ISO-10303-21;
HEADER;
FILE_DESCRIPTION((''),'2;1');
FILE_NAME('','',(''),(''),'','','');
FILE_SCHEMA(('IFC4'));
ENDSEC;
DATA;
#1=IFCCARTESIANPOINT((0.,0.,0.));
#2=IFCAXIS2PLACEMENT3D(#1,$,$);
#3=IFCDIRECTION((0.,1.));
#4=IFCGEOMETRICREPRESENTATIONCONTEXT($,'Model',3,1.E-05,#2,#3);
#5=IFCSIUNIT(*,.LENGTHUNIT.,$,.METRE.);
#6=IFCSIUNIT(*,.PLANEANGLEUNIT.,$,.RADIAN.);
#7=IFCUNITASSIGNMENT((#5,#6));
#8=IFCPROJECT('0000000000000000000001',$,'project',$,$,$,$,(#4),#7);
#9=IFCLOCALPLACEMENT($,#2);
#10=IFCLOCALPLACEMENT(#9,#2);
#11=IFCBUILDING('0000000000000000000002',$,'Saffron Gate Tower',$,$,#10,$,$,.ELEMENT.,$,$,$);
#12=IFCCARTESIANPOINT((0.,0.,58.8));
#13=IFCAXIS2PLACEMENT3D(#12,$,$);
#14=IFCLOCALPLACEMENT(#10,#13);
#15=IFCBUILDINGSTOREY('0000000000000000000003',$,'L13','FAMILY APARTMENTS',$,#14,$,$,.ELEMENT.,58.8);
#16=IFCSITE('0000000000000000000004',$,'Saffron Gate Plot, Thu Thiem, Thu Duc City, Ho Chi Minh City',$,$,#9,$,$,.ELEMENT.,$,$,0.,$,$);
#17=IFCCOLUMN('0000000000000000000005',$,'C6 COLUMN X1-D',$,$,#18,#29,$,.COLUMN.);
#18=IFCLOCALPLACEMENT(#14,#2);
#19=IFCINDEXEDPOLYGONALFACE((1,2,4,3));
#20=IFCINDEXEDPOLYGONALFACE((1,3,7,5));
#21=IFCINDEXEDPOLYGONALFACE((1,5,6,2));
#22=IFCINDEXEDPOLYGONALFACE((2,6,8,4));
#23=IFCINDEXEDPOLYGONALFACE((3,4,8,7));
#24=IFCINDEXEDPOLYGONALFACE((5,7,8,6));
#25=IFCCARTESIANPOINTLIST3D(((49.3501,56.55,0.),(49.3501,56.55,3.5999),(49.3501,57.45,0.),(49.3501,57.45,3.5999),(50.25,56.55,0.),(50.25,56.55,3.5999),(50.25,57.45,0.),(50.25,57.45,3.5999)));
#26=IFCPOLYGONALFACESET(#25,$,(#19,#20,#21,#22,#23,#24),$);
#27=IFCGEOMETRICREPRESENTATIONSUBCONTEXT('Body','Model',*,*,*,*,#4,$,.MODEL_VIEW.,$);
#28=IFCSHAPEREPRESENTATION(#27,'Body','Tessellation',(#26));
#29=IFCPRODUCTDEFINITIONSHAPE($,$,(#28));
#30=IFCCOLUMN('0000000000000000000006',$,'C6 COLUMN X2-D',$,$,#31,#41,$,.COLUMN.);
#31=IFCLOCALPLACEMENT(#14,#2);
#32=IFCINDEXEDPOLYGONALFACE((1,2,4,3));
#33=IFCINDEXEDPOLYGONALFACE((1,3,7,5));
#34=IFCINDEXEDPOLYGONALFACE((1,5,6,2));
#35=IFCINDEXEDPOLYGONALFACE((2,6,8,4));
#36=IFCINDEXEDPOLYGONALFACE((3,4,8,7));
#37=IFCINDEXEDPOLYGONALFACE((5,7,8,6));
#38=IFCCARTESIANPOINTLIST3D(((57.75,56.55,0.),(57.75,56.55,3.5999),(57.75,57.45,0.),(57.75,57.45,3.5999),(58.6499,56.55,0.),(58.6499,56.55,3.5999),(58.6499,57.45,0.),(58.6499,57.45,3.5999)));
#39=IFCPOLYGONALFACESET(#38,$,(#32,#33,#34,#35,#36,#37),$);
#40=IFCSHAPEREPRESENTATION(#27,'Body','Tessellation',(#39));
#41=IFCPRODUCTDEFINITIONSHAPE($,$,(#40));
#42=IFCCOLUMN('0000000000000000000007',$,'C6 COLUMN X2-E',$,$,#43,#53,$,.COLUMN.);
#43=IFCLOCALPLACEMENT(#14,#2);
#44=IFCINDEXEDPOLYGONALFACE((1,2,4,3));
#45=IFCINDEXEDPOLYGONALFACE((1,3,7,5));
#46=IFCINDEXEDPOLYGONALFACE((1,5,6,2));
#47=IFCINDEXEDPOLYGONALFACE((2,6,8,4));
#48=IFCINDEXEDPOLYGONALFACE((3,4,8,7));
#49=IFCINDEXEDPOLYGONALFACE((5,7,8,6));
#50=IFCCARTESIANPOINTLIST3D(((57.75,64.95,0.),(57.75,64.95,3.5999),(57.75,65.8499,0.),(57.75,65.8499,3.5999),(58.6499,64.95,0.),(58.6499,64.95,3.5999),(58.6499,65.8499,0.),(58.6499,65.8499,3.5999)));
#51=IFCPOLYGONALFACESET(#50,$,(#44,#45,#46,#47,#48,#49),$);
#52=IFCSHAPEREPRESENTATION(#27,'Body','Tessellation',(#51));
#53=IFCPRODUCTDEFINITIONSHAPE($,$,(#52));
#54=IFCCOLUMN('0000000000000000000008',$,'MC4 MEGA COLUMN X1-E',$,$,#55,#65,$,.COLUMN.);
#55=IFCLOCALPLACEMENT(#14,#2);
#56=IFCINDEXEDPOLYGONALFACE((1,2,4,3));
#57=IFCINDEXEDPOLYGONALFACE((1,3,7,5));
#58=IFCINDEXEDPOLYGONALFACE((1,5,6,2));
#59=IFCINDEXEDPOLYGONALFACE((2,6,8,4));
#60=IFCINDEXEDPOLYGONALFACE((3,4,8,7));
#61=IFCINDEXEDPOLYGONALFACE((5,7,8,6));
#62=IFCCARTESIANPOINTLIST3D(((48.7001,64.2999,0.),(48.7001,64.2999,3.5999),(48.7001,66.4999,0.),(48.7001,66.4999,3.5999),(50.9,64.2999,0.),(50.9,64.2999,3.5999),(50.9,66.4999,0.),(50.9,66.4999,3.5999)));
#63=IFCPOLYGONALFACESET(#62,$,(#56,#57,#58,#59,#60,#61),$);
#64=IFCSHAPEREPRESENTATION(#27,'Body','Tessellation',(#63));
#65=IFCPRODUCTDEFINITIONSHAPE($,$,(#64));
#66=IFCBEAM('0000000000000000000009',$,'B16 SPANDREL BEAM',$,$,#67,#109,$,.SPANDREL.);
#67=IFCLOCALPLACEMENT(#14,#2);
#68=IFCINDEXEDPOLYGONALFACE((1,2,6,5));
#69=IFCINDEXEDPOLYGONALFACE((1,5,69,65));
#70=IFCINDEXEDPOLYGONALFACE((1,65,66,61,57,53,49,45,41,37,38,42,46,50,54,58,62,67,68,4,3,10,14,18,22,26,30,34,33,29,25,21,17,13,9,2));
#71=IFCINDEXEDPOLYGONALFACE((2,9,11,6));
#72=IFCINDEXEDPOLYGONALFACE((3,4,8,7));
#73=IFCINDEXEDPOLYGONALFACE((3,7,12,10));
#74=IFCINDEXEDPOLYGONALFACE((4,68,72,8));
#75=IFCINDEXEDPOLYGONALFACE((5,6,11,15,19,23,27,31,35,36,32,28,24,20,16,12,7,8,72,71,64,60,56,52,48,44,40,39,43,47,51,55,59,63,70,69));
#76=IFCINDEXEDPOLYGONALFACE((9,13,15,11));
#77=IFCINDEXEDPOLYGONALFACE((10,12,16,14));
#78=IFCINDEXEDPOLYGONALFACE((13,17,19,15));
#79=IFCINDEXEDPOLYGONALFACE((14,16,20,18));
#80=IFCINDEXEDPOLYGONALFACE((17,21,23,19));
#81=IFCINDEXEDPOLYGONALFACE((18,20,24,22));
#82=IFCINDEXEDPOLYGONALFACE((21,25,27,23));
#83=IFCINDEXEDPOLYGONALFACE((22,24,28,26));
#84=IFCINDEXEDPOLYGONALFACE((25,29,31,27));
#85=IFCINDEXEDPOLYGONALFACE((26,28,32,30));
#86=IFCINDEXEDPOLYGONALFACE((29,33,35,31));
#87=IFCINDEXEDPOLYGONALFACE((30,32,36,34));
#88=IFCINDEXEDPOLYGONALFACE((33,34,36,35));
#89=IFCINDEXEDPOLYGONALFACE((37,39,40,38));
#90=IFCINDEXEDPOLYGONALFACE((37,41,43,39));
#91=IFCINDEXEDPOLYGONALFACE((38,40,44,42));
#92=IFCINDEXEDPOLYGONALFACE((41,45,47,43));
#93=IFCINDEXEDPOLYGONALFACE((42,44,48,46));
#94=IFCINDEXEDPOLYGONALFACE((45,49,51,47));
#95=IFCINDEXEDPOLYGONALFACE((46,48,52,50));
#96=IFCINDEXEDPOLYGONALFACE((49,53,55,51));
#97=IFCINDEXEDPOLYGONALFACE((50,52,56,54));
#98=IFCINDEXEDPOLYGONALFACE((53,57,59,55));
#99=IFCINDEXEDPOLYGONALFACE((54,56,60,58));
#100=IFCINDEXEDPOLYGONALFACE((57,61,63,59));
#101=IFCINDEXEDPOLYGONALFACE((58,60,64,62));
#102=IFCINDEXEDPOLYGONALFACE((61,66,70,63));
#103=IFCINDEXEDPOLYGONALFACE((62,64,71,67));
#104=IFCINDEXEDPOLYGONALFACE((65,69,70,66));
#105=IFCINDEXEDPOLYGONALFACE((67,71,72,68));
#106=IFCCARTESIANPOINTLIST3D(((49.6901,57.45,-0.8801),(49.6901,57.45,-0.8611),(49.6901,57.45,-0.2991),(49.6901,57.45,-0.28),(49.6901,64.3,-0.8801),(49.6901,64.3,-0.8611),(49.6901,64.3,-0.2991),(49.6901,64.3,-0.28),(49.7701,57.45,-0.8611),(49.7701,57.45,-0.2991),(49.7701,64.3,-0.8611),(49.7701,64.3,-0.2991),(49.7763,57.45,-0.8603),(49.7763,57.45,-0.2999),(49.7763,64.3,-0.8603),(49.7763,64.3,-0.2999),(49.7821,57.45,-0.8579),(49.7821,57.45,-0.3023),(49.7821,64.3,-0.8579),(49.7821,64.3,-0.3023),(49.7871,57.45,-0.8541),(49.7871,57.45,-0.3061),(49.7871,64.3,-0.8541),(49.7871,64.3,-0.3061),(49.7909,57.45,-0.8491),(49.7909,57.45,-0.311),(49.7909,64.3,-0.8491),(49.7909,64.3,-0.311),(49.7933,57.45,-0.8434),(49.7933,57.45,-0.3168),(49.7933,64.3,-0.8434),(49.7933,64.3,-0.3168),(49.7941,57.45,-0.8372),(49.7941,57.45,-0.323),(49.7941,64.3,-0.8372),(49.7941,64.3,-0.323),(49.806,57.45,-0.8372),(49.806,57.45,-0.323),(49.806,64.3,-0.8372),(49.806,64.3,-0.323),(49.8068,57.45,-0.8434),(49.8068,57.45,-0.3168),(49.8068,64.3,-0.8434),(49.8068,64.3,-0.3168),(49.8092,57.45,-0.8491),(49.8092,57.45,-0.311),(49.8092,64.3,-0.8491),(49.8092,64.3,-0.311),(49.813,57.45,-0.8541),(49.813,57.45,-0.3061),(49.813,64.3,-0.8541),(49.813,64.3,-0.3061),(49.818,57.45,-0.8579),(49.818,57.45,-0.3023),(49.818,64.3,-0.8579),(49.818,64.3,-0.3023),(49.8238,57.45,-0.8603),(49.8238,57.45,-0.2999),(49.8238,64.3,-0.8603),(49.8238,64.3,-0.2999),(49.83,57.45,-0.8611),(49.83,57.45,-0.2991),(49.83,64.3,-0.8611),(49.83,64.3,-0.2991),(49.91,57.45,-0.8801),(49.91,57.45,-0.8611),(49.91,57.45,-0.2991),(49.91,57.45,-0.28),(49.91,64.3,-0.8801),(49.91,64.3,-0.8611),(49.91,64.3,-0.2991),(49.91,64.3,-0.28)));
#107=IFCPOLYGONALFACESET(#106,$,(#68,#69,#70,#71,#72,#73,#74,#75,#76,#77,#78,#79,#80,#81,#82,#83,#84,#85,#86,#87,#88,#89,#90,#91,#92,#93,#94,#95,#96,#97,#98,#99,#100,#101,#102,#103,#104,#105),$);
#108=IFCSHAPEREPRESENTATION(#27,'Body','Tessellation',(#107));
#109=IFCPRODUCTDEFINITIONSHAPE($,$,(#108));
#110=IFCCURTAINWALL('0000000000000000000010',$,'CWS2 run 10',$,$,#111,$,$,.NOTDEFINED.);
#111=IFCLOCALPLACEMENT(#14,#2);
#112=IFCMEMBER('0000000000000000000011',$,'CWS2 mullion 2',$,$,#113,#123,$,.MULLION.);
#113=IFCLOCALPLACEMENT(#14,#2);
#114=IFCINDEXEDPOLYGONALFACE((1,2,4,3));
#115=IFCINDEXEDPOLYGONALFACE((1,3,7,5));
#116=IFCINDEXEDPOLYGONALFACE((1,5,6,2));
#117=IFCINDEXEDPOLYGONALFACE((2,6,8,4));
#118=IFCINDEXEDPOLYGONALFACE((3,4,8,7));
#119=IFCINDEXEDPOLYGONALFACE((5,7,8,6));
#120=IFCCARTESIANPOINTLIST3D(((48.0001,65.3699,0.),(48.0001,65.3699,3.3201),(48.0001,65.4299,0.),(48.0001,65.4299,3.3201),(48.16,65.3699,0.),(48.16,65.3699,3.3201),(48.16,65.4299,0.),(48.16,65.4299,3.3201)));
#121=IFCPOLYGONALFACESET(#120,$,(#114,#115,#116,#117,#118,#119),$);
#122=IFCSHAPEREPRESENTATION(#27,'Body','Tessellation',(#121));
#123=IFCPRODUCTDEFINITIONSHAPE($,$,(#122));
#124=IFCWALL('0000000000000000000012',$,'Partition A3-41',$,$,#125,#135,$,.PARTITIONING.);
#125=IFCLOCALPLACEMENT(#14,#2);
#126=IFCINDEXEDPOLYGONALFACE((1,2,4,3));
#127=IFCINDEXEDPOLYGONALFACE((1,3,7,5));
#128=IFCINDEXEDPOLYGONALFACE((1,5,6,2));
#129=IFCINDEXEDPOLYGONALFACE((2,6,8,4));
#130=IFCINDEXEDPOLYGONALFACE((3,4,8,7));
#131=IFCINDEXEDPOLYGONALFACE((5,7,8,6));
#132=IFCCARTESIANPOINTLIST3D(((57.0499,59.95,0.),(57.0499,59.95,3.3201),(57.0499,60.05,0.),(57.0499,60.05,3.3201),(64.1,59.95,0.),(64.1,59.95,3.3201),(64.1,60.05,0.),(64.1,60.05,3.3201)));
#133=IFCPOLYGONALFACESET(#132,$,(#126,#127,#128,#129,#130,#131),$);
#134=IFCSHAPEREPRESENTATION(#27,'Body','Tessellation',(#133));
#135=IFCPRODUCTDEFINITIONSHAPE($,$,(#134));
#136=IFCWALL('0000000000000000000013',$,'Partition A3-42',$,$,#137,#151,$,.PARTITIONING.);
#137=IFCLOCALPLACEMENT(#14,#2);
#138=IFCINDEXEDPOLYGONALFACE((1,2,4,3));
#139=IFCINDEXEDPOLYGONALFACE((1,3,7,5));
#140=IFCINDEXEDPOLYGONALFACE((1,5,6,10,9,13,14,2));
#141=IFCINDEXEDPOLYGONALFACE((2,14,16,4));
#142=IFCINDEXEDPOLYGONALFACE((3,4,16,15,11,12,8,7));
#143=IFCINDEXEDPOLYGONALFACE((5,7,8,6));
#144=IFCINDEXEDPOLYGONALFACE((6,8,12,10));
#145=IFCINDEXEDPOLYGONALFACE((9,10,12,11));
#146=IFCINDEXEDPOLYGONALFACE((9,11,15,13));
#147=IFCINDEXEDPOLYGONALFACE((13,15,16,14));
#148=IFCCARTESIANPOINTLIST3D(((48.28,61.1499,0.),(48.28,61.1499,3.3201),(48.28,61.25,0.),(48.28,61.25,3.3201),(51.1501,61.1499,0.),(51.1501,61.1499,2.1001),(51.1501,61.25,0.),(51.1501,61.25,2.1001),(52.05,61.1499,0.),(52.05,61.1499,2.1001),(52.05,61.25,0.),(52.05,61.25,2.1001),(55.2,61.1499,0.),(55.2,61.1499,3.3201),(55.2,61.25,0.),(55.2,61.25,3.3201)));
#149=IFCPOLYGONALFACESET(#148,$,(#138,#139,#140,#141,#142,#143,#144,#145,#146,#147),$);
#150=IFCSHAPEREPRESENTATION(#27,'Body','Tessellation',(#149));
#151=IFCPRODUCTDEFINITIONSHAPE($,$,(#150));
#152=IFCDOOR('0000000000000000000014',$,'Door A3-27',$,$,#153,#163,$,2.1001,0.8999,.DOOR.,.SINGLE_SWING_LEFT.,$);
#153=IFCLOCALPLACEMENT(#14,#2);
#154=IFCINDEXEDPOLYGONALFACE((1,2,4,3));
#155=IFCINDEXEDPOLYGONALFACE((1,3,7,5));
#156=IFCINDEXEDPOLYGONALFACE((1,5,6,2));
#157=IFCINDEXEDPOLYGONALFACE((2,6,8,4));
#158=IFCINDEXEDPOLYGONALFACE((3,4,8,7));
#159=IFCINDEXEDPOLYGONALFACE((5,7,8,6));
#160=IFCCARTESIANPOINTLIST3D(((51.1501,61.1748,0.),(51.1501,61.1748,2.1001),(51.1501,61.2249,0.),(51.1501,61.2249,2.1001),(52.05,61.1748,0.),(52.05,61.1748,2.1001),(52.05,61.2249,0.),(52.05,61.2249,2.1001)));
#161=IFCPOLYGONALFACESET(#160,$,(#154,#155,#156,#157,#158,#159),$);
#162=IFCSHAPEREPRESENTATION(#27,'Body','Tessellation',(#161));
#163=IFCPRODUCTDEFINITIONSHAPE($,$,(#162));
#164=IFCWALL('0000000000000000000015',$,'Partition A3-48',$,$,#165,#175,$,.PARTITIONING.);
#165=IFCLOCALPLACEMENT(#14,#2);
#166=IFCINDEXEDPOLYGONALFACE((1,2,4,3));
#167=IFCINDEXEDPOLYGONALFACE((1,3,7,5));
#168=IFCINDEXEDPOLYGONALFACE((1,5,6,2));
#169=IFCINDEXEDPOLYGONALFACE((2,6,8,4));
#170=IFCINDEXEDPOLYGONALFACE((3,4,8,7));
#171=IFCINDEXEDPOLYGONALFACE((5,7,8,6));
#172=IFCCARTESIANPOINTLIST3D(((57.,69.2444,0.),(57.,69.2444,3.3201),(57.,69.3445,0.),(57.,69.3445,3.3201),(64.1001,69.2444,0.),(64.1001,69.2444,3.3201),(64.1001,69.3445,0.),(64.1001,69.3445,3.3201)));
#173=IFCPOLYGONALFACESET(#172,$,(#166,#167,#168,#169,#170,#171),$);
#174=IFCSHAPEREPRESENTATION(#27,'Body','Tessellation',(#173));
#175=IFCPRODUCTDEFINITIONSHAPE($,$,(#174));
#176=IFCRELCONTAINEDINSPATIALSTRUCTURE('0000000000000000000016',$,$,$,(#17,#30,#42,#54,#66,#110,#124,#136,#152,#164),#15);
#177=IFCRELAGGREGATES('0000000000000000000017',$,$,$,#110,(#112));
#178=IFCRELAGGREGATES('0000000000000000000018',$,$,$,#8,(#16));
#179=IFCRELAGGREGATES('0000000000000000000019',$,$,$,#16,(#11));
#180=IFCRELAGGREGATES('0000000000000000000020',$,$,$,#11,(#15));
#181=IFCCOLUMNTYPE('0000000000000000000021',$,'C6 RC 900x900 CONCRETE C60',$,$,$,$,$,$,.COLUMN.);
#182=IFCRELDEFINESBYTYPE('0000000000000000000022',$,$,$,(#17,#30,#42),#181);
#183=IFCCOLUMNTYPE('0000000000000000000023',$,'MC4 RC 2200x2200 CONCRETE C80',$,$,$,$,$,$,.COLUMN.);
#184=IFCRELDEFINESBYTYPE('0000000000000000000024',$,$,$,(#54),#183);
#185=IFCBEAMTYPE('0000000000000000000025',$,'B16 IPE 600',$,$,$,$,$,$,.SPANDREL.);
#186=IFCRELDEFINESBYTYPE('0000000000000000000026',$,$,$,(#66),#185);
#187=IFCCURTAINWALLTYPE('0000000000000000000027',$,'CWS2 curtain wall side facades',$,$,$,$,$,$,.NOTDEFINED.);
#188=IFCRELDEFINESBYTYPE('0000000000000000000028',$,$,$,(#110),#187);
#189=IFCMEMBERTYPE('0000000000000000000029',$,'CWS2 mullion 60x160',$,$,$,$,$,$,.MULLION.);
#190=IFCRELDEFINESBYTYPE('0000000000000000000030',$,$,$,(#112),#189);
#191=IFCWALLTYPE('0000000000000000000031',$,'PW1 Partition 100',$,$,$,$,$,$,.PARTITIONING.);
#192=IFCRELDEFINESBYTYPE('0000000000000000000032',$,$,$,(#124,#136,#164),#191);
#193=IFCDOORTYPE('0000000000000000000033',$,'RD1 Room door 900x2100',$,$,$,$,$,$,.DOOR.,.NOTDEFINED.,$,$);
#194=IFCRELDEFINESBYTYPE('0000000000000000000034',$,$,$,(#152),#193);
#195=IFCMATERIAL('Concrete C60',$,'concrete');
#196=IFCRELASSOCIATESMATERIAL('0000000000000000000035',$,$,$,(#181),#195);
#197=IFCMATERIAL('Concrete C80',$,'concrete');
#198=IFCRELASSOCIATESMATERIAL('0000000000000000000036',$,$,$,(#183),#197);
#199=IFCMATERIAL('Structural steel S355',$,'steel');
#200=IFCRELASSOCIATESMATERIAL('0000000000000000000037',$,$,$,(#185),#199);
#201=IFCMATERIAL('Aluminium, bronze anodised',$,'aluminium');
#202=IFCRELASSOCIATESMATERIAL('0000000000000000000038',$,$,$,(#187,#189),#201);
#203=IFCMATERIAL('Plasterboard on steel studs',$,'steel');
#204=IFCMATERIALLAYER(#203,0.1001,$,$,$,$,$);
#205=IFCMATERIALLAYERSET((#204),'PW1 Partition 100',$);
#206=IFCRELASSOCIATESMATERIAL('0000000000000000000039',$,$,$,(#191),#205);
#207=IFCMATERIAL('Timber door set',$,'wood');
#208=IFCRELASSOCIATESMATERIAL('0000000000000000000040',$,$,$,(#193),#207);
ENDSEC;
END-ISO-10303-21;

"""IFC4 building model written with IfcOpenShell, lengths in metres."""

from ifc_helpers import new_model, si_unit, direction, frame, frame_2d, origin, origin_2d, place, context, subcontext, project, spatial, rectangle, i_section, extrude, material, layer, layer_set, material_profile, profile_set, type_object, element, fill, aggregate, save


model = new_model("IFC4")

# Units and contexts
model_context = context("Model", 3, precision=1e-05, world=origin(), true_north=direction((0.0, 1.0)))
body_context = subcontext(model_context, "Body", "Model", "MODEL_VIEW")
ifc_project = project(units=[si_unit("LENGTHUNIT", "METRE"), si_unit("PLANEANGLEUNIT", "RADIAN")], contexts=[model_context])

# Site, building, storey
site_placement = place(None, origin())
site = spatial("IfcSite", under=ifc_project, at=site_placement, Name="Saffron Gate Plot, Thu Thiem, Thu Duc City, Ho Chi Minh City", CompositionType="ELEMENT", RefElevation=0.0)
building_placement = place(site_placement, origin())
building = spatial("IfcBuilding", under=site, at=building_placement, Name="Saffron Gate Tower", CompositionType="ELEMENT")
storey_placement = place(building_placement, frame((0.0, 0.0, 58.8)))
storey = spatial("IfcBuildingStorey", under=building, at=storey_placement, Name="L13", Description="FAMILY APARTMENTS", CompositionType="ELEMENT", Elevation=58.8)

# Columns
ifc_material_1 = material(Name="Concrete C60", Category="concrete")
ifc_material_profile_1 = material_profile(ifc_material_1, rectangle(XDim=0.8999, YDim=0.8999, at=origin_2d()))
ifc_profile_set_1 = profile_set([ifc_material_profile_1], Name="Concrete C60")
column_type_1 = type_object("IfcColumnType", Name="C6 RC 900x900 CONCRETE C60", PredefinedType="COLUMN", material=ifc_profile_set_1)
for number, where, z_axis, x_axis, name in (
    (1, (49.8, 57.0, 0.0), (0.0, 0.0, 1.0), (1.0, 0.0, 0.0), "C6 COLUMN X1-D"),
    (2, (58.2, 57.0, 0.0), (0.0, 0.0, 1.0), (1.0, 0.0, 0.0), "C6 COLUMN X2-D"),
    (3, (58.2, 65.3999, 0.0), (0.0, 0.0, 1.0), (1.0, 0.0, 0.0), "C6 COLUMN X2-E"),
):
    element("IfcColumn", number, at=place(storey_placement, frame(where, z_axis=z_axis, x_axis=x_axis)), inside=storey, type_object=column_type_1, Name=name, PredefinedType="COLUMN", context=body_context, shape_type="SweptSolid", body=[
        extrude(rectangle(XDim=0.8999, YDim=0.8999, at=origin_2d()), origin(), (0.0, 0.0, 1.0), 3.5999),
    ])
ifc_material_2 = material(Name="Concrete C80", Category="concrete")
ifc_material_profile_2 = material_profile(ifc_material_2, rectangle(XDim=2.2, YDim=2.2, at=origin_2d()))
ifc_profile_set_2 = profile_set([ifc_material_profile_2], Name="Concrete C80")
column_type_2 = type_object("IfcColumnType", Name="MC4 RC 2200x2200 CONCRETE C80", PredefinedType="COLUMN", material=ifc_profile_set_2)
column_placement = place(storey_placement, frame((49.8, 65.3999, 0.0), z_axis=(0.0, 0.0, 1.0), x_axis=(1.0, 0.0, 0.0)))
element("IfcColumn", 4, at=column_placement, inside=storey, type_object=column_type_2, Name="MC4 MEGA COLUMN X1-E", PredefinedType="COLUMN", context=body_context, shape_type="SweptSolid", body=[
    extrude(rectangle(XDim=2.2, YDim=2.2, at=origin_2d()), origin(), (0.0, 0.0, 1.0), 3.5999),
])

# Beam
ifc_material_3 = material(Name="Structural steel S355", Category="steel")
ifc_material_profile_3 = material_profile(ifc_material_3, i_section(OverallWidth=0.22, OverallDepth=0.6001, WebThickness=0.012, FlangeThickness=0.019, FilletRadius=0.0239, at=origin_2d()))
ifc_profile_set_3 = profile_set([ifc_material_profile_3], Name="Structural steel S355")
beam_type = type_object("IfcBeamType", Name="B16 IPE 600", PredefinedType="SPANDREL", material=ifc_profile_set_3)
beam_placement = place(storey_placement, frame((49.8, 57.45, -0.5801), z_axis=(0.0, 1.0, 0.0), x_axis=(-1.0, 0.0, 0.0)))
element("IfcBeam", 5, at=beam_placement, inside=storey, type_object=beam_type, Name="B16 SPANDREL BEAM", PredefinedType="SPANDREL", context=body_context, shape_type="SweptSolid", body=[
    extrude(i_section(OverallWidth=0.22, OverallDepth=0.6001, WebThickness=0.012, FlangeThickness=0.019, FilletRadius=0.0239, at=origin_2d()), origin(), (0.0, 0.0, 1.0), 6.8501),
])

# Curtain wall, member
ifc_material_4 = material(Name="Aluminium, bronze anodised", Category="aluminium")
curtain_wall_type = type_object("IfcCurtainWallType", Name="CWS2 curtain wall side facades", PredefinedType="NOTDEFINED", material=ifc_material_4)
curtain_wall_placement = place(storey_placement, origin())
curtain_wall = element("IfcCurtainWall", 6, at=curtain_wall_placement, inside=storey, type_object=curtain_wall_type, Name="CWS2 run 10", PredefinedType="NOTDEFINED")
ifc_material_profile_4 = material_profile(ifc_material_4, rectangle(XDim=0.1599, YDim=0.0601, at=origin_2d()))
ifc_profile_set_4 = profile_set([ifc_material_profile_4], Name="Aluminium, bronze anodised")
member_type = type_object("IfcMemberType", Name="CWS2 mullion 60x160", PredefinedType="MULLION", material=ifc_profile_set_4)
member_placement = place(storey_placement, frame((48.0801, 65.3999, 0.0), z_axis=(0.0, 0.0, 1.0), x_axis=(1.0, 0.0, 0.0)))
member = element("IfcMember", 7, at=member_placement, type_object=member_type, Name="CWS2 mullion 2", PredefinedType="MULLION", context=body_context, shape_type="SweptSolid", body=[
    extrude(rectangle(XDim=0.1599, YDim=0.0601, at=origin_2d()), origin(), (0.0, 0.0, 1.0), 3.3201),
])
aggregate(curtain_wall, [member])

# Wall
ifc_material_5 = material(Name="Plasterboard on steel studs", Category="steel")
ifc_layer_1 = layer(ifc_material_5, 0.1001)
ifc_layer_set_1 = layer_set([ifc_layer_1], Name="PW1 Partition 100")
wall_type_1 = type_object("IfcWallType", Name="PW1 Partition 100", PredefinedType="PARTITIONING", material=ifc_layer_set_1)
wall_1_placement = place(storey_placement, frame((57.05, 60.0, 0.0), z_axis=(0.0, 0.0, 1.0), x_axis=(1.0, 0.0, 0.0)))
element("IfcWall", 8, at=wall_1_placement, inside=storey, type_object=wall_type_1, Name="Partition A3-41", PredefinedType="PARTITIONING", context=body_context, shape_type="SweptSolid", body=[
    extrude(rectangle(XDim=7.05, YDim=0.1001, at=frame_2d((3.5249, 0.0))), origin(), (0.0, 0.0, 1.0), 3.3201),
])

# Wall, opening, door
wall_2_placement = place(storey_placement, frame((48.28, 61.2, 0.0), z_axis=(0.0, 0.0, 1.0), x_axis=(1.0, 0.0, 0.0)))
wall_2 = element("IfcWall", 9, at=wall_2_placement, inside=storey, type_object=wall_type_1, Name="Partition A3-42", PredefinedType="PARTITIONING", context=body_context, shape_type="SweptSolid", body=[
    extrude(rectangle(XDim=6.9199, YDim=0.1001, at=frame_2d((3.46, 0.0))), origin(), (0.0, 0.0, 1.0), 3.3201),
])
opening_1_placement = place(wall_2_placement, frame((2.8701, 0.0, 0.0)))
opening_1 = element("IfcOpeningElement", 10, at=opening_1_placement, cuts=wall_2, PredefinedType="OPENING", context=body_context, shape_type="SweptSolid", body=[
    extrude(rectangle(XDim=0.8999, YDim=2.1001, at=frame_2d((0.45, 1.05))), frame((0.0, 0.0601, 0.0), z_axis=(0.0, -1.0, 0.0), x_axis=(1.0, 0.0, 0.0)), (0.0, 0.0, 1.0), 0.1201),
])
ifc_material_6 = material(Name="Timber door set", Category="wood")
door_type_1 = type_object("IfcDoorType", Name="RD1 Room door 900x2100", OperationType="NOTDEFINED", PredefinedType="DOOR", material=ifc_material_6)
door_1_placement = place(opening_1_placement, origin())
door_1 = element("IfcDoor", 11, at=door_1_placement, inside=storey, type_object=door_type_1, Name="Door A3-27", OperationType="SINGLE_SWING_LEFT", OverallHeight=2.1001, OverallWidth=0.8999, PredefinedType="DOOR", context=body_context, shape_type="SweptSolid", body=[
    extrude(rectangle(XDim=0.8999, YDim=2.1001, at=frame_2d((0.45, 1.05))), frame((0.0, 0.0249, 0.0), z_axis=(0.0, -1.0, 0.0), x_axis=(1.0, 0.0, 0.0)), (0.0, 0.0, 1.0), 0.05),
])
fill(opening_1, door_1)

# Wall
wall_3_placement = place(storey_placement, frame((57.0, 69.2944, 0.0), z_axis=(0.0, 0.0, 1.0), x_axis=(1.0, 0.0, 0.0)))
element("IfcWall", 12, at=wall_3_placement, inside=storey, type_object=wall_type_1, Name="Partition A3-48", PredefinedType="PARTITIONING", context=body_context, shape_type="SweptSolid", body=[
    extrude(rectangle(XDim=7.1001, YDim=0.1001, at=frame_2d((3.55, 0.0))), origin(), (0.0, 0.0, 1.0), 3.3201),
])

save(model, "model.ifc")
